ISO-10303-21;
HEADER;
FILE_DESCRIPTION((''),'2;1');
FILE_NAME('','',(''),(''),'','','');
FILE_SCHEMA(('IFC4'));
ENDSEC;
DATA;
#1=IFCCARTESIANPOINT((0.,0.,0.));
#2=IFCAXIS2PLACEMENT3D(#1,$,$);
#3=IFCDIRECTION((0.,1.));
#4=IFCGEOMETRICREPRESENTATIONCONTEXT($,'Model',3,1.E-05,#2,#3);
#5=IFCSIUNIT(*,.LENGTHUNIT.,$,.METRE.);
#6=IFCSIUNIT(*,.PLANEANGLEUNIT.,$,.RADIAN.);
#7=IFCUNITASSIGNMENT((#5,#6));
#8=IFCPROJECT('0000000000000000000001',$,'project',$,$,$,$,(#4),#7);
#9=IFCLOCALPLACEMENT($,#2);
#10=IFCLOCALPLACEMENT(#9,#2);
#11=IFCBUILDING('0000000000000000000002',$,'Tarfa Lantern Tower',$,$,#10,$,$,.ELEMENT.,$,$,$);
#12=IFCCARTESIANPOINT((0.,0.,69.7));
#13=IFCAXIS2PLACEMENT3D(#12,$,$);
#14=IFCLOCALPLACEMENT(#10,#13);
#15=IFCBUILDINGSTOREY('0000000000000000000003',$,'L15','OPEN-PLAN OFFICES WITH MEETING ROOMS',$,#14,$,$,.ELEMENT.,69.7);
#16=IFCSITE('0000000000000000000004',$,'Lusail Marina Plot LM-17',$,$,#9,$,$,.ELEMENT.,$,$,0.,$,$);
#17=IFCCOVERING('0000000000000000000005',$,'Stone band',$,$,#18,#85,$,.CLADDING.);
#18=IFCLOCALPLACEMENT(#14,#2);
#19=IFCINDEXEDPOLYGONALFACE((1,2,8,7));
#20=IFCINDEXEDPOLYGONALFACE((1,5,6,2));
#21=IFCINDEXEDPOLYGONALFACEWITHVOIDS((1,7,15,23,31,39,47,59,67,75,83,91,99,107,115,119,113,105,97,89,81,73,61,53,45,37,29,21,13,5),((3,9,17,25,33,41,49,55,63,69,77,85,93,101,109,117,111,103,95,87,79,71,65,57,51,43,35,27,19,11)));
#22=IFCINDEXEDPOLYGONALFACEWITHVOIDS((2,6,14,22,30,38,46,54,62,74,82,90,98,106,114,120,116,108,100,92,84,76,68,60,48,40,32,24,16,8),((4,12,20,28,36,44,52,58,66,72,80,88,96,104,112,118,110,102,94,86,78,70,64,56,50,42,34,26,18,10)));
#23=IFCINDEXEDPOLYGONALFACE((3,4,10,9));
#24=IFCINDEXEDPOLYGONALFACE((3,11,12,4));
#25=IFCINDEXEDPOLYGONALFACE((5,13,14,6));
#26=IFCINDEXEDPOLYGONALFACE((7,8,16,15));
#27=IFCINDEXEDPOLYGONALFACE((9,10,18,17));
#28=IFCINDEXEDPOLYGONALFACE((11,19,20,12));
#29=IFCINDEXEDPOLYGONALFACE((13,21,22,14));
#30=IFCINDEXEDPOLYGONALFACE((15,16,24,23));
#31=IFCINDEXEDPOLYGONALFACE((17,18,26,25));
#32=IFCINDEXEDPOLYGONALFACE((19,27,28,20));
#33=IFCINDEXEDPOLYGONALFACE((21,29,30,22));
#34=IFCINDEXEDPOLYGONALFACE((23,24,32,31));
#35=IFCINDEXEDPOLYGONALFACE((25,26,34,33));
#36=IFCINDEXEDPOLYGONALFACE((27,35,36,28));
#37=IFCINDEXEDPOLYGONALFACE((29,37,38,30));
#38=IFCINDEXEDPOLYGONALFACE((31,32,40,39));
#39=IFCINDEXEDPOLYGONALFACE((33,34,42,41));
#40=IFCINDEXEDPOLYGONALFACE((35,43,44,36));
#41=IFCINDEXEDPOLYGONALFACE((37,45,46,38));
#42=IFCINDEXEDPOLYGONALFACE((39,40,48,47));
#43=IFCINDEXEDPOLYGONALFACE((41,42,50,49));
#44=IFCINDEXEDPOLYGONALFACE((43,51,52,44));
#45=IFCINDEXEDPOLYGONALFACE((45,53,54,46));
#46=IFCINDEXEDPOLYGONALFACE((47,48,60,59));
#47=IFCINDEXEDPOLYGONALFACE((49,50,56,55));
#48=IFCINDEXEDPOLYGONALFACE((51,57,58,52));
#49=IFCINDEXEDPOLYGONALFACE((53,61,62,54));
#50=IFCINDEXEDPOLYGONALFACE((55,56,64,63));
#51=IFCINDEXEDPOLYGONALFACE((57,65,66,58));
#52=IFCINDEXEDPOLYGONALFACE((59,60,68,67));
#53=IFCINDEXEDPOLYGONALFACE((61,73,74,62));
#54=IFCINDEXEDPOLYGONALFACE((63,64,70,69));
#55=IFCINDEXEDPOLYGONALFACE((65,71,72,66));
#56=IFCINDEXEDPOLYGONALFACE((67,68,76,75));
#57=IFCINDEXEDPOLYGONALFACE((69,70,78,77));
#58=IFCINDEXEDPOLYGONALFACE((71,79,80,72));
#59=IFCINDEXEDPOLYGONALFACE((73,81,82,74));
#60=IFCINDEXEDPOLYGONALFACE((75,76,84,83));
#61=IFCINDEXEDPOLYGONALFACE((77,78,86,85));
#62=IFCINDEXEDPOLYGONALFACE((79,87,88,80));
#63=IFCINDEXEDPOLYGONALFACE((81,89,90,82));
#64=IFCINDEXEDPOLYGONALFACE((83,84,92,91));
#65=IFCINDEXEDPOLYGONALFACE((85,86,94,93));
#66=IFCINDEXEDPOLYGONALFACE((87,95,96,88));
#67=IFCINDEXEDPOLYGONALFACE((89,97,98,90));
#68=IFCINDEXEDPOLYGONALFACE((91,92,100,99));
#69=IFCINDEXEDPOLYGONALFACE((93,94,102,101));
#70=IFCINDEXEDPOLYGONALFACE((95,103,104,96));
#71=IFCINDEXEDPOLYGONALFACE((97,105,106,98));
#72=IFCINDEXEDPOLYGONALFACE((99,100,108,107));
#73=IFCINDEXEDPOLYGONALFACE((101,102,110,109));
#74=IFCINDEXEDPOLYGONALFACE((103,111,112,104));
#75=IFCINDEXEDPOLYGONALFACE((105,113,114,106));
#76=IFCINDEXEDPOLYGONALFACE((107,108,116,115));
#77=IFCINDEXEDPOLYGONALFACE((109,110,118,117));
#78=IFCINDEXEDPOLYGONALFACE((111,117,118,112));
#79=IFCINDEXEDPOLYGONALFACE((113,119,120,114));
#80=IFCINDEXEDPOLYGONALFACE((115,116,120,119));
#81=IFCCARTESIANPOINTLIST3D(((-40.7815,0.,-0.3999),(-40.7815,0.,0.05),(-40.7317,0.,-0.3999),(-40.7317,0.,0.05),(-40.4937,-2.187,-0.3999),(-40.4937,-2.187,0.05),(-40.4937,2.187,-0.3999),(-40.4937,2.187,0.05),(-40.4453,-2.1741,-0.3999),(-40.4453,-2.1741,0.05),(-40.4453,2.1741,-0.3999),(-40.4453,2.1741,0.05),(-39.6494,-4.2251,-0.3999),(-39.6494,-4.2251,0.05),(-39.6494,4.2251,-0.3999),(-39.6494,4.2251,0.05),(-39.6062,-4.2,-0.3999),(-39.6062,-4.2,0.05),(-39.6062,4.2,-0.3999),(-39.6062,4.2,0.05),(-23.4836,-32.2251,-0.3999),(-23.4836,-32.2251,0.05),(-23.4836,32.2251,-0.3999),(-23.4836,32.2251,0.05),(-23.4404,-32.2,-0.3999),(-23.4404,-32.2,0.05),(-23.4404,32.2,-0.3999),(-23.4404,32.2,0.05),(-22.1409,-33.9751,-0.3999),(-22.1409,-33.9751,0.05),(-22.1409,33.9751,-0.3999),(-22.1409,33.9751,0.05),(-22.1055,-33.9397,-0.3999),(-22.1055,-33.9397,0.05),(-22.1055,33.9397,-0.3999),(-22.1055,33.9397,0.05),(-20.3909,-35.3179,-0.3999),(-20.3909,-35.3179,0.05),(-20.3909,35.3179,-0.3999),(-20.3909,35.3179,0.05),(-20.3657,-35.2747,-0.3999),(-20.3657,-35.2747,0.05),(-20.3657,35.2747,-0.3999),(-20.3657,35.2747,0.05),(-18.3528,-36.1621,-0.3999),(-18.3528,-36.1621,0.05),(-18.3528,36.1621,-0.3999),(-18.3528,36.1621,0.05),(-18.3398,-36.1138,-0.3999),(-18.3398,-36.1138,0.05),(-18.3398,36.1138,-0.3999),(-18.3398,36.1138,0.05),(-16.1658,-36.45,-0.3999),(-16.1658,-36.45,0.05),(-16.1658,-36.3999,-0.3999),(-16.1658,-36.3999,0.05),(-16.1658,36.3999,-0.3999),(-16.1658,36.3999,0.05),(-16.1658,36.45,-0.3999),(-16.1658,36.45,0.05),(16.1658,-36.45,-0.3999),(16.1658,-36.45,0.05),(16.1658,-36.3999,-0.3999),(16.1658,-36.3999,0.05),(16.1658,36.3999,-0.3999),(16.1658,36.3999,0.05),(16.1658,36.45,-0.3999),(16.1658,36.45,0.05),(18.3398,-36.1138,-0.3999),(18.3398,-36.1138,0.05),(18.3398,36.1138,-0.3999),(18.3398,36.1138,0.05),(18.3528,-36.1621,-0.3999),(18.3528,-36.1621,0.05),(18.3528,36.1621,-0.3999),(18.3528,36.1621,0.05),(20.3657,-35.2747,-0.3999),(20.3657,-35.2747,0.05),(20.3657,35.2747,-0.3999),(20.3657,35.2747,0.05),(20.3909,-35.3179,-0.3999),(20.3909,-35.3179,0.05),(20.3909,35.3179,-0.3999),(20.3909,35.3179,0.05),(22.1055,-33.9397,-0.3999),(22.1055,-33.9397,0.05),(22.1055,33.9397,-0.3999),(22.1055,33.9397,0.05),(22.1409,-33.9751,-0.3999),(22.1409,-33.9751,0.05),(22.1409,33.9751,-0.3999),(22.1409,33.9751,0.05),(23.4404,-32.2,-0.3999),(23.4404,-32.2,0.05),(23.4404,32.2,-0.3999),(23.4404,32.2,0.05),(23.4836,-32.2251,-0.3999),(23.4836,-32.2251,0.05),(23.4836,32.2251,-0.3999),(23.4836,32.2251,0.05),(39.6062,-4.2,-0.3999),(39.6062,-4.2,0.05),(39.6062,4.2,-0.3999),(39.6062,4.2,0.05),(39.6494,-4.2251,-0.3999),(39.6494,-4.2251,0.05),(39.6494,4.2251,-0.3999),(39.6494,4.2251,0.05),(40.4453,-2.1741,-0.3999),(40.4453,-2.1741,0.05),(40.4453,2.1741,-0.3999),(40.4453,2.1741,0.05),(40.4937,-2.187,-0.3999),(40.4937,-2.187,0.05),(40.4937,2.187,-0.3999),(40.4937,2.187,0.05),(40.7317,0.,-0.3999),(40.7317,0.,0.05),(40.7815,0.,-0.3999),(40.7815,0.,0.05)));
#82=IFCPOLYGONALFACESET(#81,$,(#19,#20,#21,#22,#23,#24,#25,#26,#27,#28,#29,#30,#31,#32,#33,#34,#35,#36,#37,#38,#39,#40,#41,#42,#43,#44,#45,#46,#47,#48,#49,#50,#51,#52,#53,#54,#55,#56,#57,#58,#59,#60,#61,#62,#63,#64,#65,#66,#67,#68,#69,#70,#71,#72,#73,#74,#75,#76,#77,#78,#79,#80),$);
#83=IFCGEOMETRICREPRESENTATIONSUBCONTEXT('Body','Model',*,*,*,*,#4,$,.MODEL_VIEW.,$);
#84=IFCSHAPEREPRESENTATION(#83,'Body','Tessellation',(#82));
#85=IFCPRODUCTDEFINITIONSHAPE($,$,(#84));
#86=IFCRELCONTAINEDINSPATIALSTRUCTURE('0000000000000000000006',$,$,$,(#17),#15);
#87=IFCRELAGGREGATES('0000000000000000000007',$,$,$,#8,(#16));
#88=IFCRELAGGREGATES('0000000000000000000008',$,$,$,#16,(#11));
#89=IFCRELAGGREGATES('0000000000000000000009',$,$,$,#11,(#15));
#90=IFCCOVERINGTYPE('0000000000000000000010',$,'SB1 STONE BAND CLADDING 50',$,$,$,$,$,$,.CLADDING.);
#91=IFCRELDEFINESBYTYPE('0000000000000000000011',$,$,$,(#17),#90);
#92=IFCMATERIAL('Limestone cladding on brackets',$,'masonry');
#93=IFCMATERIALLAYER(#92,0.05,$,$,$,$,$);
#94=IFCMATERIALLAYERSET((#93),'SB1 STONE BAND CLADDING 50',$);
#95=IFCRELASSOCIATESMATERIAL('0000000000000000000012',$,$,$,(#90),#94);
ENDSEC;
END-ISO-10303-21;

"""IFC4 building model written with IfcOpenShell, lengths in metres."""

from ifc_helpers import new_model, si_unit, direction, frame, origin, place, context, subcontext, project, spatial, polyline, outline, extrude, material, layer, layer_set, type_object, element, save


model = new_model("IFC4")

# Units and contexts
model_context = context("Model", 3, precision=1e-05, world=origin(), true_north=direction((0.0, 1.0)))
body_context = subcontext(model_context, "Body", "Model", "MODEL_VIEW")
ifc_project = project(units=[si_unit("LENGTHUNIT", "METRE"), si_unit("PLANEANGLEUNIT", "RADIAN")], contexts=[model_context])

# Site, building, storey
site_placement = place(None, origin())
site = spatial("IfcSite", under=ifc_project, at=site_placement, Name="Lusail Marina Plot LM-17", CompositionType="ELEMENT", RefElevation=0.0)
building_placement = place(site_placement, origin())
building = spatial("IfcBuilding", under=site, at=building_placement, Name="Tarfa Lantern Tower", CompositionType="ELEMENT")
storey_placement = place(building_placement, frame((0.0, 0.0, 69.7)))
storey = spatial("IfcBuildingStorey", under=building, at=storey_placement, Name="L15", Description="OPEN-PLAN OFFICES WITH MEETING ROOMS", CompositionType="ELEMENT", Elevation=69.7)

# Covering
ifc_material_1 = material(Name="Limestone cladding on brackets", Category="masonry")
ifc_layer_1 = layer(ifc_material_1, 0.05)
ifc_layer_set_1 = layer_set([ifc_layer_1], Name="SB1 STONE BAND CLADDING 50")
covering_type_1 = type_object("IfcCoveringType", Name="SB1 STONE BAND CLADDING 50", PredefinedType="CLADDING", material=ifc_layer_set_1)
covering_1_placement = place(storey_placement, frame((0.0, 0.0, -0.3999)))
element("IfcCovering", 1, at=covering_1_placement, inside=storey, type_object=covering_type_1, Name="Stone band", PredefinedType="CLADDING", context=body_context, shape_type="SweptSolid", body=[
    extrude(outline(polyline([(39.6494, 4.2251), (23.4836, 32.2251), (22.1409, 33.9751), (20.3909, 35.3179), (18.3528, 36.1621), (16.1658, 36.45), (-16.1658, 36.45), (-18.3528, 36.1621), (-20.3909, 35.3179), (-22.1409, 33.9751), (-23.4836, 32.2251), (-39.6494, 4.2251), (-40.4937, 2.187), (-40.7815, 0.0), (-40.4937, -2.187), (-39.6494, -4.2251), (-23.4836, -32.2251), (-22.1409, -33.9751), (-20.3909, -35.3179), (-18.3528, -36.1621), (-16.1658, -36.45), (16.1658, -36.45), (18.3528, -36.1621), (20.3909, -35.3179), (22.1409, -33.9751), (23.4836, -32.2251), (39.6494, -4.2251), (40.4937, -2.187), (40.7815, 0.0), (40.4937, 2.187), (39.6494, 4.2251)]), holes=[polyline([(39.6062, 4.2), (23.4404, 32.2), (22.1055, 33.9397), (20.3657, 35.2747), (18.3398, 36.1138), (16.1658, 36.3999), (-16.1658, 36.3999), (-18.3398, 36.1138), (-20.3657, 35.2747), (-22.1055, 33.9397), (-23.4404, 32.2), (-39.6062, 4.2), (-40.4453, 2.1741), (-40.7317, 0.0), (-40.4453, -2.1741), (-39.6062, -4.2), (-23.4404, -32.2), (-22.1055, -33.9397), (-20.3657, -35.2747), (-18.3398, -36.1138), (-16.1658, -36.3999), (16.1658, -36.3999), (18.3398, -36.1138), (20.3657, -35.2747), (22.1055, -33.9397), (23.4404, -32.2), (39.6062, -4.2), (40.4453, -2.1741), (40.7317, 0.0), (40.4453, 2.1741), (39.6062, 4.2)])]), origin(), (0.0, 0.0, 1.0), 0.45),
])

save(model, "model.ifc")
